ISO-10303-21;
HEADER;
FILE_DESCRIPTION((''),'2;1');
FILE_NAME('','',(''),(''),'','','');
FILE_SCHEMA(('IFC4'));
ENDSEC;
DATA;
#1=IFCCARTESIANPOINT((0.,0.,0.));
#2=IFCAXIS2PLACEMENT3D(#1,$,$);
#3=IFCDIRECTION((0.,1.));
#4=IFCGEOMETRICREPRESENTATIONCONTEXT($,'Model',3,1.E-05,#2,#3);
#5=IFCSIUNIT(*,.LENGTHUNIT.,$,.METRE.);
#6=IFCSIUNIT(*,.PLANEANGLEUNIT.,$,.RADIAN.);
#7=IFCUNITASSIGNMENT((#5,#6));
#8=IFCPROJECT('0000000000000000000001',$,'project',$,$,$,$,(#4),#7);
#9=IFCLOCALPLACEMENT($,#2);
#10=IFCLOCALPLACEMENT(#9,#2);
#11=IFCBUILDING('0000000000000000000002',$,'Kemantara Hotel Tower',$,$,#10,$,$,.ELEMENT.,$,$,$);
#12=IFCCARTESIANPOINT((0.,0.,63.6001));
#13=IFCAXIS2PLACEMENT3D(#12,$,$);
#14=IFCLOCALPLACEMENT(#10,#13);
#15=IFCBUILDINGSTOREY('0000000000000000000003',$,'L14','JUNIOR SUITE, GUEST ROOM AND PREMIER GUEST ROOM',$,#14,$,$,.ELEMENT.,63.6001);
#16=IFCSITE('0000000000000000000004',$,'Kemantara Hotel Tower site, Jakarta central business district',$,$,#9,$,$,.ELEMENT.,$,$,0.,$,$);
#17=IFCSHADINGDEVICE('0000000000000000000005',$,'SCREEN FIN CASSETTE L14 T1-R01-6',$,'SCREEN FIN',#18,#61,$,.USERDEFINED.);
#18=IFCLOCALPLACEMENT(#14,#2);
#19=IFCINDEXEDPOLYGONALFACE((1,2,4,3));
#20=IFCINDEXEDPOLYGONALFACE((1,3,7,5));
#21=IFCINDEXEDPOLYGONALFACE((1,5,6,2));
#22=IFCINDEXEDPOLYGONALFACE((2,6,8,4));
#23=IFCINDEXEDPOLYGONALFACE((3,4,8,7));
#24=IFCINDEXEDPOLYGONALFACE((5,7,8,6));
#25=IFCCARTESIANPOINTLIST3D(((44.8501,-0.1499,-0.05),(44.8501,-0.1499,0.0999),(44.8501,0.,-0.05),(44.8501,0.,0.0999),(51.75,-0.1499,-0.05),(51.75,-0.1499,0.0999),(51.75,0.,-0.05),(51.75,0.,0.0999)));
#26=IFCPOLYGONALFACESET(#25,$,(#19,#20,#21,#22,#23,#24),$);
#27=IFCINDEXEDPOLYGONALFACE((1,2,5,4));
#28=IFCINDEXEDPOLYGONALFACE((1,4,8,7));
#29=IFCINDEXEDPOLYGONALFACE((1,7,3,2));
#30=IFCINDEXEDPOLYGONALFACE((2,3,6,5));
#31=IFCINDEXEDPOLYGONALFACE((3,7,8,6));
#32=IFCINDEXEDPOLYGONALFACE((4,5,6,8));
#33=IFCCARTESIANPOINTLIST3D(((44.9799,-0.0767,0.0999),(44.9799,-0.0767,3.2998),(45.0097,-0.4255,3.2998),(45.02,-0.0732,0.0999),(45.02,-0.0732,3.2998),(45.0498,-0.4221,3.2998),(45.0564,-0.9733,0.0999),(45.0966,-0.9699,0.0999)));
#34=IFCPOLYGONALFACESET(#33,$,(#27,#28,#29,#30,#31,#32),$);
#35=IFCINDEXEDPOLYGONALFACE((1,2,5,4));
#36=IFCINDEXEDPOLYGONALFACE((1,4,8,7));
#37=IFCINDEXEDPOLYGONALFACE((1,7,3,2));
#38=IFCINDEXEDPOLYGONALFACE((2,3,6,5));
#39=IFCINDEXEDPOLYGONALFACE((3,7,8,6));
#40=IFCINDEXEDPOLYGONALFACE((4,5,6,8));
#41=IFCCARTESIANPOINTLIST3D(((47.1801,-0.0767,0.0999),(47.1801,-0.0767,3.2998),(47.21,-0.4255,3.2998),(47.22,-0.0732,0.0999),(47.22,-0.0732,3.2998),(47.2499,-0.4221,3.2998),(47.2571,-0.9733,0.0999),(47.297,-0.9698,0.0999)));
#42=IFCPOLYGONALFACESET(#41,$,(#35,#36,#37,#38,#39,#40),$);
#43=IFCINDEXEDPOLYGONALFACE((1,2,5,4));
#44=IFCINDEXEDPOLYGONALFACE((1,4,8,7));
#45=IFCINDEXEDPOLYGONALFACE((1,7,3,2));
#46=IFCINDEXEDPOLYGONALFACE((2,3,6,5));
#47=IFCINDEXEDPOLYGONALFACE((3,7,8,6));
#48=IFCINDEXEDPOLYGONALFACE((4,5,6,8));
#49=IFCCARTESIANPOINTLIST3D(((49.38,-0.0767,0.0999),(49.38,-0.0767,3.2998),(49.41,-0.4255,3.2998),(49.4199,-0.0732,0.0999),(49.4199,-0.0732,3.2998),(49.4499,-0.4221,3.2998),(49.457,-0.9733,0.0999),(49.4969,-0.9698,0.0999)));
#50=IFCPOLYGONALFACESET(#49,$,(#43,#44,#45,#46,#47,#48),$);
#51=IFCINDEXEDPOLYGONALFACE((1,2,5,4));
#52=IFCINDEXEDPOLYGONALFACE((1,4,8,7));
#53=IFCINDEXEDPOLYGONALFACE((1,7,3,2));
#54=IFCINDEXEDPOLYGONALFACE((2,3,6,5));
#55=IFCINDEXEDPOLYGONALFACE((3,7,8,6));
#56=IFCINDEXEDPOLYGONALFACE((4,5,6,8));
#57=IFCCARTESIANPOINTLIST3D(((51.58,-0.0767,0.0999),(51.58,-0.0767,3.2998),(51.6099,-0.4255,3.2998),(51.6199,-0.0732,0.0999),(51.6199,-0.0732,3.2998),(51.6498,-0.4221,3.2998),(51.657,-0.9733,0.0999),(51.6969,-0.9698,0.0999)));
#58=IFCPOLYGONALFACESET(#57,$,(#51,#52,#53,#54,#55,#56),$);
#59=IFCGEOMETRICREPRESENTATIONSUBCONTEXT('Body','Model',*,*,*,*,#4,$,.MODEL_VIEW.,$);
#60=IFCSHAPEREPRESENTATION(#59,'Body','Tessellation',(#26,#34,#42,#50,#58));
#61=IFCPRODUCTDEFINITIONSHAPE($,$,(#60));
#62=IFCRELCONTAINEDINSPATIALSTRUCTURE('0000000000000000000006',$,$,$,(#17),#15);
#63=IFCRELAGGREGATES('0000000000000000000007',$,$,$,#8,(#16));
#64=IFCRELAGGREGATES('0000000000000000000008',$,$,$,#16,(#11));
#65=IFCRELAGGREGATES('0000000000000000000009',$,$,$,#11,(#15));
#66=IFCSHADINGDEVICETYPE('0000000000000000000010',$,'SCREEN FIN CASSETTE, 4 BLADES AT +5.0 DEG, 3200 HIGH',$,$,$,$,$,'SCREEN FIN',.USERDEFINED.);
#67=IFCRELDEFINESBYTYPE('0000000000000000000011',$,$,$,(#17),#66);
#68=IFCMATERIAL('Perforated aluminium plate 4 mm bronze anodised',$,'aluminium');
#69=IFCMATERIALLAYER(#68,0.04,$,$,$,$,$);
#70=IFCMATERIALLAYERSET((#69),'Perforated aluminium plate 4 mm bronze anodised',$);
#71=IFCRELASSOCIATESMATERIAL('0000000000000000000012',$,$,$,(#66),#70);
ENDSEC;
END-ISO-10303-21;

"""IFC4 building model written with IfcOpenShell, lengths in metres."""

from ifc_helpers import new_model, si_unit, direction, frame, origin, origin_2d, place, context, subcontext, project, spatial, polyline, rectangle, outline, extrude, source, transform, mapped, material, layer, layer_set, type_object, element, save


model = new_model("IFC4")

# Units and contexts
model_context = context("Model", 3, precision=1e-05, world=origin(), true_north=direction((0.0, 1.0)))
body_context = subcontext(model_context, "Body", "Model", "MODEL_VIEW")
ifc_project = project(units=[si_unit("LENGTHUNIT", "METRE"), si_unit("PLANEANGLEUNIT", "RADIAN")], contexts=[model_context])

# Site, building, storey
site_placement = place(None, origin())
site = spatial("IfcSite", under=ifc_project, at=site_placement, Name="Kemantara Hotel Tower site, Jakarta central business district", CompositionType="ELEMENT", RefElevation=0.0)
building_placement = place(site_placement, origin())
building = spatial("IfcBuilding", under=site, at=building_placement, Name="Kemantara Hotel Tower", CompositionType="ELEMENT")
storey_placement = place(building_placement, frame((0.0, 0.0, 63.6001)))
storey = spatial("IfcBuildingStorey", under=building, at=storey_placement, Name="L14", Description="JUNIOR SUITE, GUEST ROOM AND PREMIER GUEST ROOM", CompositionType="ELEMENT", Elevation=63.6001)

# Shading device
ifc_material_1 = material(Name="Perforated aluminium plate 4 mm bronze anodised", Category="aluminium")
ifc_layer_1 = layer(ifc_material_1, 0.04)
ifc_layer_set_1 = layer_set([ifc_layer_1], Name="Perforated aluminium plate 4 mm bronze anodised")
shading_device_type = type_object("IfcShadingDeviceType", Name="SCREEN FIN CASSETTE, 4 BLADES AT +5.0 DEG, 3200 HIGH", ElementType="SCREEN FIN", PredefinedType="USERDEFINED", material=ifc_layer_set_1)
shared_shape = source(origin(), body_context, "Body", "SweptSolid", [
    extrude(rectangle(XDim=6.8999, YDim=0.1499, at=origin_2d()), frame((3.3, -0.075, -0.1499), z_axis=(0.0, 0.0, 1.0), x_axis=(1.0, 0.0, 0.0)), (0.0, 0.0, 1.0), 0.1499),
    extrude(outline(polyline([(0.0, 0.0), (0.8999, 0.0), (0.3501, 3.2), (0.0, 3.2), (0.0, 0.0)])), frame((0.02, -0.0732, 0.0), z_axis=(-0.996376, -0.085056, 0.0), x_axis=(0.085056, -0.996376, 0.0)), (0.0, 0.0, 1.0), 0.0403),
    extrude(outline(polyline([(0.0, 0.0), (0.8999, 0.0), (0.3501, 3.2), (0.0, 3.2), (0.0, 0.0)])), frame((2.22, -0.0732, 0.0), z_axis=(-0.996332, -0.085575, 0.0), x_axis=(0.085575, -0.996332, 0.0)), (0.0, 0.0, 1.0), 0.04),
    extrude(outline(polyline([(0.0, 0.0), (0.8999, 0.0), (0.3501, 3.2), (0.0, 3.2), (0.0, 0.0)])), frame((4.4199, -0.0732, 0.0), z_axis=(-0.996332, -0.085575, 0.0), x_axis=(0.085575, -0.996332, 0.0)), (0.0, 0.0, 1.0), 0.04),
    extrude(outline(polyline([(0.0, 0.0), (0.8999, 0.0), (0.3501, 3.2), (0.0, 3.2), (0.0, 0.0)])), frame((6.6199, -0.0732, 0.0), z_axis=(-0.996332, -0.085575, 0.0), x_axis=(0.085575, -0.996332, 0.0)), (0.0, 0.0, 1.0), 0.04),
])
shading_device_placement = place(storey_placement, frame((45.0, 0.0, 0.0999), z_axis=(0.0, 0.0, 1.0), x_axis=(1.0, 0.0, 0.0)))
element("IfcShadingDevice", 1, at=shading_device_placement, inside=storey, type_object=shading_device_type, Name="SCREEN FIN CASSETTE L14 T1-R01-6", ObjectType="SCREEN FIN", PredefinedType="USERDEFINED", context=body_context, shape_type="MappedRepresentation", body=[
    mapped(shared_shape, transform((0.0, 0.0, 0.0))),
])

save(model, "model.ifc")
